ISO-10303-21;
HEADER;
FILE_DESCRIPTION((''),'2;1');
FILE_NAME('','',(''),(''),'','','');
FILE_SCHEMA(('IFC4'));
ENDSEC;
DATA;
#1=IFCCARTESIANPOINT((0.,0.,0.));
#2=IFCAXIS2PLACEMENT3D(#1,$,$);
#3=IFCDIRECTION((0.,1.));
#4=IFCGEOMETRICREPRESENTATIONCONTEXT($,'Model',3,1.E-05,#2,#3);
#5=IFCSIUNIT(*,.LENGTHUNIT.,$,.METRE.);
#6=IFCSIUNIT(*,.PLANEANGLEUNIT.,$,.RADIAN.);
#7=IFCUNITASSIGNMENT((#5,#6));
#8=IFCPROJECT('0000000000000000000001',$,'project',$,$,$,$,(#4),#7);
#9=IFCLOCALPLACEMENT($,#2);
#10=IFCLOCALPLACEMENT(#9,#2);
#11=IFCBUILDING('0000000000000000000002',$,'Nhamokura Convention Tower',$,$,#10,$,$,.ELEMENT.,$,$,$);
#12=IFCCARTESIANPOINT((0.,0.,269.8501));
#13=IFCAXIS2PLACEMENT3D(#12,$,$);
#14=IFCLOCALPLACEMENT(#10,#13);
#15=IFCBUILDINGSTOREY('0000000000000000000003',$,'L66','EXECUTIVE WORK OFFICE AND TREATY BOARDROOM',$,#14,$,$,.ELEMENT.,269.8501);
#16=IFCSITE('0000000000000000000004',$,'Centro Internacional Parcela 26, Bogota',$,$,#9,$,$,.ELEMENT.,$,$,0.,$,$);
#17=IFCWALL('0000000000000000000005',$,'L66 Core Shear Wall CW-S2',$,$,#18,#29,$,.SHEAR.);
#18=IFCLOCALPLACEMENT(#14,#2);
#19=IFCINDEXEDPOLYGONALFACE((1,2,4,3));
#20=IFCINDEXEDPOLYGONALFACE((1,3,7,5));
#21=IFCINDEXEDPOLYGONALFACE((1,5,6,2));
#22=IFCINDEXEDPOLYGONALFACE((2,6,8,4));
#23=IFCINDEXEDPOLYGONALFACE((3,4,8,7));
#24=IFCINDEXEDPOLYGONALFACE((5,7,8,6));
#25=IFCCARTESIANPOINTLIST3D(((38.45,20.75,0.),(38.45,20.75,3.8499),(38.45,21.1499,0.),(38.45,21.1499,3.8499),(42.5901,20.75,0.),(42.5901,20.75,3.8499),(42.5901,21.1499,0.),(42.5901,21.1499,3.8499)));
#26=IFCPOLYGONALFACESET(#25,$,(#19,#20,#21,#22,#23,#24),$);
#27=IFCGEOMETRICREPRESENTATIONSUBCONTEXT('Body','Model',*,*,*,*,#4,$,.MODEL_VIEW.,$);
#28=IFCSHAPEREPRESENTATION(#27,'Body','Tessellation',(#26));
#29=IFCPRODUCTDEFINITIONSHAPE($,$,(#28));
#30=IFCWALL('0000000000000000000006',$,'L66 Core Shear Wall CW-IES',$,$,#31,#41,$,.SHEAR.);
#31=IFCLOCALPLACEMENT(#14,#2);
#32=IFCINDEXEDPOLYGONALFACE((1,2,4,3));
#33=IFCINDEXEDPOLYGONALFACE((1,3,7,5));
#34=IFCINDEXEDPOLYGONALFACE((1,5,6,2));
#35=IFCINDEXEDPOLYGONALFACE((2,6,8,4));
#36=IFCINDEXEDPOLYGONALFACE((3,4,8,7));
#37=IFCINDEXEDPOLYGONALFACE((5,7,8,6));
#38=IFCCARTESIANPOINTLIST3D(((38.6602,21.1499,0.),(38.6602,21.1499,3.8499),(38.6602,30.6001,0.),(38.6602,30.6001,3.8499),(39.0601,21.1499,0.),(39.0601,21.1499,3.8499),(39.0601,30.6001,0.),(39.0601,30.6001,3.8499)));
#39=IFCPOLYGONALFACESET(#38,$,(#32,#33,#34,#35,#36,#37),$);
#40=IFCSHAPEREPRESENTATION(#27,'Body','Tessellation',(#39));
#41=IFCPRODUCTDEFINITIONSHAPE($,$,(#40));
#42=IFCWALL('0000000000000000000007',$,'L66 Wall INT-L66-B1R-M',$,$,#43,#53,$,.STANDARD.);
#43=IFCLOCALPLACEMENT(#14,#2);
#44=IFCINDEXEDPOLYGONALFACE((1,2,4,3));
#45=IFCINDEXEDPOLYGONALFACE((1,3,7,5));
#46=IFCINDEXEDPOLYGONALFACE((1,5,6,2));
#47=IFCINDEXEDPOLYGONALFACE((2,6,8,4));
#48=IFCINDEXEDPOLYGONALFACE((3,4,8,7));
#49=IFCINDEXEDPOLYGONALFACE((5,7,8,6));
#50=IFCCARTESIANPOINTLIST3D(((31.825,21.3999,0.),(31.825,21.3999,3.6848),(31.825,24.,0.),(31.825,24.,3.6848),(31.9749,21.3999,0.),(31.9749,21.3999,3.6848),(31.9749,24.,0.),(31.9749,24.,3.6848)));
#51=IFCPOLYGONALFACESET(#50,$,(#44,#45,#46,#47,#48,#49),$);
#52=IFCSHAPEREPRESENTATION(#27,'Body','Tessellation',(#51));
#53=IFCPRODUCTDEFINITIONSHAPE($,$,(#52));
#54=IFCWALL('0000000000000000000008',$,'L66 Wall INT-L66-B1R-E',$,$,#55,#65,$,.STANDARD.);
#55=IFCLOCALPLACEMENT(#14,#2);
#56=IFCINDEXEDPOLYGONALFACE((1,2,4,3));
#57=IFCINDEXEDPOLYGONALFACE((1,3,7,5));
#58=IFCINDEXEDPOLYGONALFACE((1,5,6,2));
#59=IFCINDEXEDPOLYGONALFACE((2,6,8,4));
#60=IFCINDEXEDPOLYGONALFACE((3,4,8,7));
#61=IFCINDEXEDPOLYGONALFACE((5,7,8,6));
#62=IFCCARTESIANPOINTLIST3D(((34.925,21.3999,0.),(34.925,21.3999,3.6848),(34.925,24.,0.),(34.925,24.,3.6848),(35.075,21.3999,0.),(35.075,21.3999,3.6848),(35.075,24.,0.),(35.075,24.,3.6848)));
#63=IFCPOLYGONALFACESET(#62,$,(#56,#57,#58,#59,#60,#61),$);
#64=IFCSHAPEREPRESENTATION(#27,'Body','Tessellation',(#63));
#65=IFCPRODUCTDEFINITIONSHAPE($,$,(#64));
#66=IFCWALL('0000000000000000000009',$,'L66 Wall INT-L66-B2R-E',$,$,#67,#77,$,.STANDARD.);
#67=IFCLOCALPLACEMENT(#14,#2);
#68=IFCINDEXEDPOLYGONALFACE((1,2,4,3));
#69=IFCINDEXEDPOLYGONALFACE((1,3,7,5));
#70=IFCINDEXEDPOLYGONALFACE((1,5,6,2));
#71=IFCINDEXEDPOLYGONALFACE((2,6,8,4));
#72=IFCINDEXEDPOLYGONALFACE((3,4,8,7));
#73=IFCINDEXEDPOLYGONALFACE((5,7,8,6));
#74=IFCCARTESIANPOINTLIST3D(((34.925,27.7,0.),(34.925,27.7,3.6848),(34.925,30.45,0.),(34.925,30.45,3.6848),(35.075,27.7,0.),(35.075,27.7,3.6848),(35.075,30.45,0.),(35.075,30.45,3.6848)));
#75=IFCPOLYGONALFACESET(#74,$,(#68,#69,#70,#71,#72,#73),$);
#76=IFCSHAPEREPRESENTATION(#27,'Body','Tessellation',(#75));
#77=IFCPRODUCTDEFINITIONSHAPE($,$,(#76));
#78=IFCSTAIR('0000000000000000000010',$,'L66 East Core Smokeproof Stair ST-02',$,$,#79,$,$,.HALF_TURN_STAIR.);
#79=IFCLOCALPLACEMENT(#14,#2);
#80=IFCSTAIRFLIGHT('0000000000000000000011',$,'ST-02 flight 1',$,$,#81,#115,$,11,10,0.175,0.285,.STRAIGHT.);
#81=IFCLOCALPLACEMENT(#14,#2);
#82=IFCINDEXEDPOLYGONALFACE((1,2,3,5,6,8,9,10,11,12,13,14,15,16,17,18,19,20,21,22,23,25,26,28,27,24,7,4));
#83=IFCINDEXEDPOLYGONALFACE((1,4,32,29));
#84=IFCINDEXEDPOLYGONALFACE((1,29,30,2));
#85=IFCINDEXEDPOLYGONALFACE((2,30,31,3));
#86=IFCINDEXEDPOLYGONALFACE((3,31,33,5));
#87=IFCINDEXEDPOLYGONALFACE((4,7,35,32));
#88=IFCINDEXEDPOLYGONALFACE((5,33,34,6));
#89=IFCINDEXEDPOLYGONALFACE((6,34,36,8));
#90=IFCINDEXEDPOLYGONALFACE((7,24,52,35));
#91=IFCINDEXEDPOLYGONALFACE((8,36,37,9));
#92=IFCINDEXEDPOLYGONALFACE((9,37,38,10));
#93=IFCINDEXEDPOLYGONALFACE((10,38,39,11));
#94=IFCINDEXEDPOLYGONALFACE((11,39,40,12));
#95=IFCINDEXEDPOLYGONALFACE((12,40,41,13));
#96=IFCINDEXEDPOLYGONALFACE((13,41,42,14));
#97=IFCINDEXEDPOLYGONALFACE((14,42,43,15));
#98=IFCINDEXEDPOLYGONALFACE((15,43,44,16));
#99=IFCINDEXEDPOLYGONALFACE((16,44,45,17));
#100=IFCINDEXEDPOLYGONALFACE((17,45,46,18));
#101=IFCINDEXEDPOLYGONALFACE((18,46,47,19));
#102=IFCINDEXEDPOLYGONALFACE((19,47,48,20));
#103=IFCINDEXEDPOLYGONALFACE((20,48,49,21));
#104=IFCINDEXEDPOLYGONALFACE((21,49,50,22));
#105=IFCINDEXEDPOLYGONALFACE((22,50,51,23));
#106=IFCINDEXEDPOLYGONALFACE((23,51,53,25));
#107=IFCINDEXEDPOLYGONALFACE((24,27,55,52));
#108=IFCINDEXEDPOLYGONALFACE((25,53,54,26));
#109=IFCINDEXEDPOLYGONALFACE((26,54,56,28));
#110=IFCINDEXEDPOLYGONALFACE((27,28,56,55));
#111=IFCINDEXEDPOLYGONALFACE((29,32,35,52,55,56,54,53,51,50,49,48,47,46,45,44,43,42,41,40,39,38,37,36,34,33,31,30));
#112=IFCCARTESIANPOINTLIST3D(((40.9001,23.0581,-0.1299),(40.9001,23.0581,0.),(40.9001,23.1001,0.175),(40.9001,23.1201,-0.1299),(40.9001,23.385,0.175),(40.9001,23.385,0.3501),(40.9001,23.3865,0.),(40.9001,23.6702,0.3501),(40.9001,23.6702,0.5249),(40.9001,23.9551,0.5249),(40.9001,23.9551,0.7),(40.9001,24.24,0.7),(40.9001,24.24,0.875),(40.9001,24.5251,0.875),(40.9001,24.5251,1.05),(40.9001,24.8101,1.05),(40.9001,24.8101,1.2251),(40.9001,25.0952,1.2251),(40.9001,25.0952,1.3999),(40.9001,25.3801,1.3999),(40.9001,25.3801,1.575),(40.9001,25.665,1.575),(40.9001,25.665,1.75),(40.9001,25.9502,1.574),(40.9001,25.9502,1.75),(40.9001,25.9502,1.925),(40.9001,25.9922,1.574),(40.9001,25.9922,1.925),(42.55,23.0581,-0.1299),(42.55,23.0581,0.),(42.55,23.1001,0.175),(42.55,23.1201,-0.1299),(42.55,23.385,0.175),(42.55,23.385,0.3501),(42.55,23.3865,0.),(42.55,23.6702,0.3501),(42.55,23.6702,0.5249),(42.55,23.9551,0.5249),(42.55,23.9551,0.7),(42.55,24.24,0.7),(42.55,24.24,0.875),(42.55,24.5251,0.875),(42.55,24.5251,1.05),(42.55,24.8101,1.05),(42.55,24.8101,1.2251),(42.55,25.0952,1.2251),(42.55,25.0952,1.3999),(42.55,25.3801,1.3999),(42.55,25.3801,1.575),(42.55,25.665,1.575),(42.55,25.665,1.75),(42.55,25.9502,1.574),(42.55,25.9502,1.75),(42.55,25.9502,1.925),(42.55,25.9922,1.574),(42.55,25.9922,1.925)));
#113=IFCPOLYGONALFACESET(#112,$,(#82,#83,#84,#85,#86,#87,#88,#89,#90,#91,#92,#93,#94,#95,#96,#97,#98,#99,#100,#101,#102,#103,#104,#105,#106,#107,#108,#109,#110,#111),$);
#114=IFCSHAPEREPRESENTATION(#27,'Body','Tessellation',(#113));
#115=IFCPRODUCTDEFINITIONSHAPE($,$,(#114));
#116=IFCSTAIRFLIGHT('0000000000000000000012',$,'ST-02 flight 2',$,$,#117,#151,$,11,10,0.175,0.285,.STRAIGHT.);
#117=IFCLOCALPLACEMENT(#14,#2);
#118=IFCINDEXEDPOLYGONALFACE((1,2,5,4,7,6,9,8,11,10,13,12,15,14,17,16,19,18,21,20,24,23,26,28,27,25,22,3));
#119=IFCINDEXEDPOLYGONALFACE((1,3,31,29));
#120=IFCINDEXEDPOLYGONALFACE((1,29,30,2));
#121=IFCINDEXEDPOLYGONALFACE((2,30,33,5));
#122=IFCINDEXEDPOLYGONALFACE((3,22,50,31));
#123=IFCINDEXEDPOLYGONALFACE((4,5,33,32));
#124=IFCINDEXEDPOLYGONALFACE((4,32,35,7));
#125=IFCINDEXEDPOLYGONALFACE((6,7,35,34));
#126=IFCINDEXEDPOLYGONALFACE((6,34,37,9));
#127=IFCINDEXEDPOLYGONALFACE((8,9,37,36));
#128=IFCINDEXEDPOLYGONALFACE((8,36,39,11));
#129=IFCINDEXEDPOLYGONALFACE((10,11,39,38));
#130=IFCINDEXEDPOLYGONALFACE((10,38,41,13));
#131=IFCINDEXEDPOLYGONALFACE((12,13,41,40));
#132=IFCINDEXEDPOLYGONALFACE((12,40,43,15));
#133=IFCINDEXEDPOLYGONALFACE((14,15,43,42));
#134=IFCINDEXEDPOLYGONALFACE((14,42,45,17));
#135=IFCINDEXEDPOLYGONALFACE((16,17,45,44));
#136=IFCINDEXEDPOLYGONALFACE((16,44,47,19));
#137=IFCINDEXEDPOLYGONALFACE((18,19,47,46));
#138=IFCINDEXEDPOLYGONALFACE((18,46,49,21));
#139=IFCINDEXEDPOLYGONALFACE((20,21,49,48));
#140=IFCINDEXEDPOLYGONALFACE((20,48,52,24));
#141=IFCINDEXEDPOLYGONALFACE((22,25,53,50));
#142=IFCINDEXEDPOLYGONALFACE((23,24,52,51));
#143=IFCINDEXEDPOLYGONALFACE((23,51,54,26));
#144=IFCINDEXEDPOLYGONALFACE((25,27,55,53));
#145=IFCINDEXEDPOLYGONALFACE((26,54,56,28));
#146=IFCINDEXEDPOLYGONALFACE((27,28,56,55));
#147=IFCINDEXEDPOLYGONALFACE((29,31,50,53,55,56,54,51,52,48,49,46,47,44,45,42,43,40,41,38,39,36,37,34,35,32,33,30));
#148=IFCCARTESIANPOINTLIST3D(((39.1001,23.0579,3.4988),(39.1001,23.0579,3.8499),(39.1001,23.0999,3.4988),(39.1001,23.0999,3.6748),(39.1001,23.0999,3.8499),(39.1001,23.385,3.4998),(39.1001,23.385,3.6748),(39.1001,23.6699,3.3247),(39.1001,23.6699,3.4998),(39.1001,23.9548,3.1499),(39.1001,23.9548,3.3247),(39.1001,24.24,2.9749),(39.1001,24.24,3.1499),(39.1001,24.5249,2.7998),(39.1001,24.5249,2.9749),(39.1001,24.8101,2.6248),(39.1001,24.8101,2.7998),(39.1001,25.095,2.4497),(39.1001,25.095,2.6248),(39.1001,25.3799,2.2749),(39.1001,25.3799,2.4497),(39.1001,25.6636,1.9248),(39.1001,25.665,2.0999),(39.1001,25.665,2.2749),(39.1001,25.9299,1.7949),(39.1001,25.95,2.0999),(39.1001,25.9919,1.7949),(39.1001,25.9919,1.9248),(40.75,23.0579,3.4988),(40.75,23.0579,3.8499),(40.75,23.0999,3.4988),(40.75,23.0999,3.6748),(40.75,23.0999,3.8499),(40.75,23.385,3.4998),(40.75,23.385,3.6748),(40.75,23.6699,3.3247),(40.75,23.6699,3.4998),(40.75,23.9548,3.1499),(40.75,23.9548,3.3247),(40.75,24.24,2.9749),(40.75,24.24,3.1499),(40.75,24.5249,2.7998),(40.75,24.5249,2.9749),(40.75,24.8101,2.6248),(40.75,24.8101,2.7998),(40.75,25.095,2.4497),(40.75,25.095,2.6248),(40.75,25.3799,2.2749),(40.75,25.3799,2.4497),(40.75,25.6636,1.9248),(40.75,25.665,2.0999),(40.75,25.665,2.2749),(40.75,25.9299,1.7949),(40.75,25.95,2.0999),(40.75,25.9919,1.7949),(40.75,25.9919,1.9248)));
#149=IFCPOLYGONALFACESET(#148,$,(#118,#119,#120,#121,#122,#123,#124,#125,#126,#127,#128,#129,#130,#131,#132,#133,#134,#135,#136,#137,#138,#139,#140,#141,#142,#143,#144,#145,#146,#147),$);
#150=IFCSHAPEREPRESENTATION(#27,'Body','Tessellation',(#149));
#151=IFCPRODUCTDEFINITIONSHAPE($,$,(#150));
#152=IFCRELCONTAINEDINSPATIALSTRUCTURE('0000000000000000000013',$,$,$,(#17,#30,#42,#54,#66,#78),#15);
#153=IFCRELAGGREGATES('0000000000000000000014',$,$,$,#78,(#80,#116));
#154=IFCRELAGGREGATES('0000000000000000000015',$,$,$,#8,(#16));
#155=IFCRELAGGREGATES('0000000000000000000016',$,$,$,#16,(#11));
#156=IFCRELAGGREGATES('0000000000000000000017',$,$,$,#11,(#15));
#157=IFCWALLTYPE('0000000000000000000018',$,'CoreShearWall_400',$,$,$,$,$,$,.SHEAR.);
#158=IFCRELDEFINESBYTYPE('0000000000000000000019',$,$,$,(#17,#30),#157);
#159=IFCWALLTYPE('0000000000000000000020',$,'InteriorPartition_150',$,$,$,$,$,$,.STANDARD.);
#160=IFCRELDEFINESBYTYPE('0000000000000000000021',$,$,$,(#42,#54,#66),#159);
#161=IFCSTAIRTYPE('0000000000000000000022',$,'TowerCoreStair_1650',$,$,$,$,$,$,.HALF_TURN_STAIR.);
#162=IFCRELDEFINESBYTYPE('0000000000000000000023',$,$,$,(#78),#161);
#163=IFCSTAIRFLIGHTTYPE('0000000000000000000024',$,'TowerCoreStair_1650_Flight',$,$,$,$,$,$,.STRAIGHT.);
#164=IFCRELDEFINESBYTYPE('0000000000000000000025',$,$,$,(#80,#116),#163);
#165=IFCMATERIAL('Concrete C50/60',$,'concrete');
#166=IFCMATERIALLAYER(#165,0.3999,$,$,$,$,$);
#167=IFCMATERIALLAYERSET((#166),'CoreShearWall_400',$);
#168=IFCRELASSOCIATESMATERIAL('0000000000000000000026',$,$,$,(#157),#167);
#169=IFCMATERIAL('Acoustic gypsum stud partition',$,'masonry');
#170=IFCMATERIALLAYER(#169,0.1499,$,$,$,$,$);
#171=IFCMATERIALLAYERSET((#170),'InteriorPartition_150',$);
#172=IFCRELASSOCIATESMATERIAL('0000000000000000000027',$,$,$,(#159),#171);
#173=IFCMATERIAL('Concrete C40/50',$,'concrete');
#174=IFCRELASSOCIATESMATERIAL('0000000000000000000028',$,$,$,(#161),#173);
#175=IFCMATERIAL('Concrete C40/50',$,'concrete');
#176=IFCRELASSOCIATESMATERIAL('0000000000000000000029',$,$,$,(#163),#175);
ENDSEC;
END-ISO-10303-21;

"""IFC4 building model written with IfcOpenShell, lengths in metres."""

from ifc_helpers import new_model, si_unit, direction, frame, frame_2d, origin, place, context, subcontext, project, spatial, polyline, rectangle, outline, extrude, material, layer, layer_set, type_object, element, aggregate, save


model = new_model("IFC4")

# Units and contexts
model_context = context("Model", 3, precision=1e-05, world=origin(), true_north=direction((0.0, 1.0)))
body_context = subcontext(model_context, "Body", "Model", "MODEL_VIEW")
ifc_project = project(units=[si_unit("LENGTHUNIT", "METRE"), si_unit("PLANEANGLEUNIT", "RADIAN")], contexts=[model_context])

# Site, building, storey
site_placement = place(None, origin())
site = spatial("IfcSite", under=ifc_project, at=site_placement, Name="Centro Internacional Parcela 26, Bogota", CompositionType="ELEMENT", RefElevation=0.0)
building_placement = place(site_placement, origin())
building = spatial("IfcBuilding", under=site, at=building_placement, Name="Nhamokura Convention Tower", CompositionType="ELEMENT")
storey_placement = place(building_placement, frame((0.0, 0.0, 269.8501)))
storey = spatial("IfcBuildingStorey", under=building, at=storey_placement, Name="L66", Description="EXECUTIVE WORK OFFICE AND TREATY BOARDROOM", CompositionType="ELEMENT", Elevation=269.8501)

# Shared definitions
ifc_material_1 = material(Name="Concrete C50/60", Category="concrete")
ifc_layer_1 = layer(ifc_material_1, 0.3999)
ifc_layer_set_1 = layer_set([ifc_layer_1], Name="CoreShearWall_400")
wall_type_1 = type_object("IfcWallType", Name="CoreShearWall_400", PredefinedType="SHEAR", material=ifc_layer_set_1)

# Walls
wall_1_placement = place(storey_placement, frame((38.45, 20.95, 0.0), z_axis=(0.0, 0.0, 1.0), x_axis=(1.0, 0.0, 0.0)))
element("IfcWall", 1, at=wall_1_placement, inside=storey, type_object=wall_type_1, Name="L66 Core Shear Wall CW-S2", PredefinedType="SHEAR", context=body_context, shape_type="SweptSolid", body=[
    extrude(rectangle(XDim=4.1401, YDim=0.3999, at=frame_2d((2.0701, 0.0))), origin(), (0.0, 0.0, 1.0), 3.8499),
])
wall_2_placement = place(storey_placement, frame((38.8601, 21.1499, 0.0), z_axis=(0.0, 0.0, 1.0), x_axis=(0.0, 1.0, 0.0)))
element("IfcWall", 2, at=wall_2_placement, inside=storey, type_object=wall_type_1, Name="L66 Core Shear Wall CW-IES", PredefinedType="SHEAR", context=body_context, shape_type="SweptSolid", body=[
    extrude(rectangle(XDim=9.4502, YDim=0.3999, at=frame_2d((4.7251, 0.0))), origin(), (0.0, 0.0, 1.0), 3.8499),
])

# Walls
ifc_material_2 = material(Name="Acoustic gypsum stud partition", Category="masonry")
ifc_layer_2 = layer(ifc_material_2, 0.1499)
ifc_layer_set_2 = layer_set([ifc_layer_2], Name="InteriorPartition_150")
wall_type_2 = type_object("IfcWallType", Name="InteriorPartition_150", PredefinedType="STANDARD", material=ifc_layer_set_2)
for number, where, z_axis, x_axis, name in (
    (3, (31.8999, 21.3999, 0.0), (0.0, 0.0, 1.0), (0.0, 1.0, 0.0), "L66 Wall INT-L66-B1R-M"),
    (4, (35.0, 21.3999, 0.0), (0.0, 0.0, 1.0), (0.0, 1.0, 0.0), "L66 Wall INT-L66-B1R-E"),
):
    element("IfcWall", number, at=place(storey_placement, frame(where, z_axis=z_axis, x_axis=x_axis)), inside=storey, type_object=wall_type_2, Name=name, PredefinedType="STANDARD", context=body_context, shape_type="SweptSolid", body=[
        extrude(rectangle(XDim=2.6001, YDim=0.1499, at=frame_2d((1.3, 0.0))), origin(), (0.0, 0.0, 1.0), 3.6848),
    ])
wall_3_placement = place(storey_placement, frame((35.0, 27.7, 0.0), z_axis=(0.0, 0.0, 1.0), x_axis=(0.0, 1.0, 0.0)))
element("IfcWall", 5, at=wall_3_placement, inside=storey, type_object=wall_type_2, Name="L66 Wall INT-L66-B2R-E", PredefinedType="STANDARD", context=body_context, shape_type="SweptSolid", body=[
    extrude(rectangle(XDim=2.75, YDim=0.1499, at=frame_2d((1.375, 0.0))), origin(), (0.0, 0.0, 1.0), 3.6848),
])

# Stair, stair flights
ifc_material_3 = material(Name="Concrete C40/50", Category="concrete")
stair_type = type_object("IfcStairType", Name="TowerCoreStair_1650", PredefinedType="HALF_TURN_STAIR", material=ifc_material_3)
stair_placement = place(storey_placement, origin())
stair = element("IfcStair", 6, at=stair_placement, inside=storey, type_object=stair_type, Name="L66 East Core Smokeproof Stair ST-02", PredefinedType="HALF_TURN_STAIR")
ifc_material_4 = material(Name="Concrete C40/50", Category="concrete")
stair_flight_type = type_object("IfcStairFlightType", Name="TowerCoreStair_1650_Flight", PredefinedType="STRAIGHT", material=ifc_material_4)
stair_flight_1_placement = place(storey_placement, frame((41.7251, 23.1001, 0.0), z_axis=(0.0, 0.0, 1.0), x_axis=(0.0, 1.0, 0.0)))
stair_flight_1 = element("IfcStairFlight", 7, at=stair_flight_1_placement, type_object=stair_flight_type, Name="ST-02 flight 1", NumberOfRisers=11, NumberOfTreads=10, PredefinedType="STRAIGHT", RiserHeight=0.175, TreadLength=0.285, context=body_context, shape_type="SweptSolid", body=[
    extrude(outline(polyline([(-0.042, 0.0), (0.0, 0.175), (0.2849, 0.175), (0.2849, 0.3501), (0.5701, 0.3501), (0.5701, 0.5249), (0.855, 0.5249), (0.855, 0.7), (1.1399, 0.7), (1.1399, 0.875), (1.425, 0.875), (1.425, 1.05), (1.71, 1.05), (1.71, 1.2251), (1.9951, 1.2251), (1.9951, 1.3999), (2.28, 1.3999), (2.28, 1.575), (2.5649, 1.575), (2.5649, 1.75), (2.8501, 1.75), (2.8501, 1.925), (2.8921, 1.925), (2.8921, 1.574), (2.8501, 1.574), (0.2864, 0.0), (0.02, -0.1299), (-0.042, -0.1299), (-0.042, 0.0)])), frame((0.0, 0.825, 0.0), z_axis=(0.0, -1.0, 0.0), x_axis=(1.0, 0.0, 0.0)), (0.0, 0.0, 1.0), 1.6499),
])
stair_flight_2_placement = place(storey_placement, frame((39.925, 25.95, 1.9248), z_axis=(0.0, 0.0, 1.0), x_axis=(0.0, -1.0, 0.0)))
stair_flight_2 = element("IfcStairFlight", 8, at=stair_flight_2_placement, type_object=stair_flight_type, Name="ST-02 flight 2", NumberOfRisers=11, NumberOfTreads=10, PredefinedType="STRAIGHT", RiserHeight=0.175, TreadLength=0.285, context=body_context, shape_type="SweptSolid", body=[
    extrude(outline(polyline([(-0.042, 0.0), (0.0, 0.175), (0.2849, 0.175), (0.2849, 0.3501), (0.5701, 0.3501), (0.5701, 0.5249), (0.855, 0.5249), (0.855, 0.7), (1.1399, 0.7), (1.1399, 0.875), (1.425, 0.875), (1.425, 1.05), (1.71, 1.05), (1.71, 1.2251), (1.9951, 1.2251), (1.9951, 1.3999), (2.28, 1.3999), (2.28, 1.575), (2.5649, 1.575), (2.5649, 1.75), (2.8501, 1.75), (2.8501, 1.925), (2.8921, 1.925), (2.8921, 1.574), (2.8501, 1.574), (0.2864, 0.0), (0.02, -0.1299), (-0.042, -0.1299), (-0.042, 0.0)])), frame((0.0, 0.825, 0.0), z_axis=(0.0, -1.0, 0.0), x_axis=(1.0, 0.0, 0.0)), (0.0, 0.0, 1.0), 1.6499),
])
aggregate(stair, [stair_flight_1, stair_flight_2])

save(model, "model.ifc")
